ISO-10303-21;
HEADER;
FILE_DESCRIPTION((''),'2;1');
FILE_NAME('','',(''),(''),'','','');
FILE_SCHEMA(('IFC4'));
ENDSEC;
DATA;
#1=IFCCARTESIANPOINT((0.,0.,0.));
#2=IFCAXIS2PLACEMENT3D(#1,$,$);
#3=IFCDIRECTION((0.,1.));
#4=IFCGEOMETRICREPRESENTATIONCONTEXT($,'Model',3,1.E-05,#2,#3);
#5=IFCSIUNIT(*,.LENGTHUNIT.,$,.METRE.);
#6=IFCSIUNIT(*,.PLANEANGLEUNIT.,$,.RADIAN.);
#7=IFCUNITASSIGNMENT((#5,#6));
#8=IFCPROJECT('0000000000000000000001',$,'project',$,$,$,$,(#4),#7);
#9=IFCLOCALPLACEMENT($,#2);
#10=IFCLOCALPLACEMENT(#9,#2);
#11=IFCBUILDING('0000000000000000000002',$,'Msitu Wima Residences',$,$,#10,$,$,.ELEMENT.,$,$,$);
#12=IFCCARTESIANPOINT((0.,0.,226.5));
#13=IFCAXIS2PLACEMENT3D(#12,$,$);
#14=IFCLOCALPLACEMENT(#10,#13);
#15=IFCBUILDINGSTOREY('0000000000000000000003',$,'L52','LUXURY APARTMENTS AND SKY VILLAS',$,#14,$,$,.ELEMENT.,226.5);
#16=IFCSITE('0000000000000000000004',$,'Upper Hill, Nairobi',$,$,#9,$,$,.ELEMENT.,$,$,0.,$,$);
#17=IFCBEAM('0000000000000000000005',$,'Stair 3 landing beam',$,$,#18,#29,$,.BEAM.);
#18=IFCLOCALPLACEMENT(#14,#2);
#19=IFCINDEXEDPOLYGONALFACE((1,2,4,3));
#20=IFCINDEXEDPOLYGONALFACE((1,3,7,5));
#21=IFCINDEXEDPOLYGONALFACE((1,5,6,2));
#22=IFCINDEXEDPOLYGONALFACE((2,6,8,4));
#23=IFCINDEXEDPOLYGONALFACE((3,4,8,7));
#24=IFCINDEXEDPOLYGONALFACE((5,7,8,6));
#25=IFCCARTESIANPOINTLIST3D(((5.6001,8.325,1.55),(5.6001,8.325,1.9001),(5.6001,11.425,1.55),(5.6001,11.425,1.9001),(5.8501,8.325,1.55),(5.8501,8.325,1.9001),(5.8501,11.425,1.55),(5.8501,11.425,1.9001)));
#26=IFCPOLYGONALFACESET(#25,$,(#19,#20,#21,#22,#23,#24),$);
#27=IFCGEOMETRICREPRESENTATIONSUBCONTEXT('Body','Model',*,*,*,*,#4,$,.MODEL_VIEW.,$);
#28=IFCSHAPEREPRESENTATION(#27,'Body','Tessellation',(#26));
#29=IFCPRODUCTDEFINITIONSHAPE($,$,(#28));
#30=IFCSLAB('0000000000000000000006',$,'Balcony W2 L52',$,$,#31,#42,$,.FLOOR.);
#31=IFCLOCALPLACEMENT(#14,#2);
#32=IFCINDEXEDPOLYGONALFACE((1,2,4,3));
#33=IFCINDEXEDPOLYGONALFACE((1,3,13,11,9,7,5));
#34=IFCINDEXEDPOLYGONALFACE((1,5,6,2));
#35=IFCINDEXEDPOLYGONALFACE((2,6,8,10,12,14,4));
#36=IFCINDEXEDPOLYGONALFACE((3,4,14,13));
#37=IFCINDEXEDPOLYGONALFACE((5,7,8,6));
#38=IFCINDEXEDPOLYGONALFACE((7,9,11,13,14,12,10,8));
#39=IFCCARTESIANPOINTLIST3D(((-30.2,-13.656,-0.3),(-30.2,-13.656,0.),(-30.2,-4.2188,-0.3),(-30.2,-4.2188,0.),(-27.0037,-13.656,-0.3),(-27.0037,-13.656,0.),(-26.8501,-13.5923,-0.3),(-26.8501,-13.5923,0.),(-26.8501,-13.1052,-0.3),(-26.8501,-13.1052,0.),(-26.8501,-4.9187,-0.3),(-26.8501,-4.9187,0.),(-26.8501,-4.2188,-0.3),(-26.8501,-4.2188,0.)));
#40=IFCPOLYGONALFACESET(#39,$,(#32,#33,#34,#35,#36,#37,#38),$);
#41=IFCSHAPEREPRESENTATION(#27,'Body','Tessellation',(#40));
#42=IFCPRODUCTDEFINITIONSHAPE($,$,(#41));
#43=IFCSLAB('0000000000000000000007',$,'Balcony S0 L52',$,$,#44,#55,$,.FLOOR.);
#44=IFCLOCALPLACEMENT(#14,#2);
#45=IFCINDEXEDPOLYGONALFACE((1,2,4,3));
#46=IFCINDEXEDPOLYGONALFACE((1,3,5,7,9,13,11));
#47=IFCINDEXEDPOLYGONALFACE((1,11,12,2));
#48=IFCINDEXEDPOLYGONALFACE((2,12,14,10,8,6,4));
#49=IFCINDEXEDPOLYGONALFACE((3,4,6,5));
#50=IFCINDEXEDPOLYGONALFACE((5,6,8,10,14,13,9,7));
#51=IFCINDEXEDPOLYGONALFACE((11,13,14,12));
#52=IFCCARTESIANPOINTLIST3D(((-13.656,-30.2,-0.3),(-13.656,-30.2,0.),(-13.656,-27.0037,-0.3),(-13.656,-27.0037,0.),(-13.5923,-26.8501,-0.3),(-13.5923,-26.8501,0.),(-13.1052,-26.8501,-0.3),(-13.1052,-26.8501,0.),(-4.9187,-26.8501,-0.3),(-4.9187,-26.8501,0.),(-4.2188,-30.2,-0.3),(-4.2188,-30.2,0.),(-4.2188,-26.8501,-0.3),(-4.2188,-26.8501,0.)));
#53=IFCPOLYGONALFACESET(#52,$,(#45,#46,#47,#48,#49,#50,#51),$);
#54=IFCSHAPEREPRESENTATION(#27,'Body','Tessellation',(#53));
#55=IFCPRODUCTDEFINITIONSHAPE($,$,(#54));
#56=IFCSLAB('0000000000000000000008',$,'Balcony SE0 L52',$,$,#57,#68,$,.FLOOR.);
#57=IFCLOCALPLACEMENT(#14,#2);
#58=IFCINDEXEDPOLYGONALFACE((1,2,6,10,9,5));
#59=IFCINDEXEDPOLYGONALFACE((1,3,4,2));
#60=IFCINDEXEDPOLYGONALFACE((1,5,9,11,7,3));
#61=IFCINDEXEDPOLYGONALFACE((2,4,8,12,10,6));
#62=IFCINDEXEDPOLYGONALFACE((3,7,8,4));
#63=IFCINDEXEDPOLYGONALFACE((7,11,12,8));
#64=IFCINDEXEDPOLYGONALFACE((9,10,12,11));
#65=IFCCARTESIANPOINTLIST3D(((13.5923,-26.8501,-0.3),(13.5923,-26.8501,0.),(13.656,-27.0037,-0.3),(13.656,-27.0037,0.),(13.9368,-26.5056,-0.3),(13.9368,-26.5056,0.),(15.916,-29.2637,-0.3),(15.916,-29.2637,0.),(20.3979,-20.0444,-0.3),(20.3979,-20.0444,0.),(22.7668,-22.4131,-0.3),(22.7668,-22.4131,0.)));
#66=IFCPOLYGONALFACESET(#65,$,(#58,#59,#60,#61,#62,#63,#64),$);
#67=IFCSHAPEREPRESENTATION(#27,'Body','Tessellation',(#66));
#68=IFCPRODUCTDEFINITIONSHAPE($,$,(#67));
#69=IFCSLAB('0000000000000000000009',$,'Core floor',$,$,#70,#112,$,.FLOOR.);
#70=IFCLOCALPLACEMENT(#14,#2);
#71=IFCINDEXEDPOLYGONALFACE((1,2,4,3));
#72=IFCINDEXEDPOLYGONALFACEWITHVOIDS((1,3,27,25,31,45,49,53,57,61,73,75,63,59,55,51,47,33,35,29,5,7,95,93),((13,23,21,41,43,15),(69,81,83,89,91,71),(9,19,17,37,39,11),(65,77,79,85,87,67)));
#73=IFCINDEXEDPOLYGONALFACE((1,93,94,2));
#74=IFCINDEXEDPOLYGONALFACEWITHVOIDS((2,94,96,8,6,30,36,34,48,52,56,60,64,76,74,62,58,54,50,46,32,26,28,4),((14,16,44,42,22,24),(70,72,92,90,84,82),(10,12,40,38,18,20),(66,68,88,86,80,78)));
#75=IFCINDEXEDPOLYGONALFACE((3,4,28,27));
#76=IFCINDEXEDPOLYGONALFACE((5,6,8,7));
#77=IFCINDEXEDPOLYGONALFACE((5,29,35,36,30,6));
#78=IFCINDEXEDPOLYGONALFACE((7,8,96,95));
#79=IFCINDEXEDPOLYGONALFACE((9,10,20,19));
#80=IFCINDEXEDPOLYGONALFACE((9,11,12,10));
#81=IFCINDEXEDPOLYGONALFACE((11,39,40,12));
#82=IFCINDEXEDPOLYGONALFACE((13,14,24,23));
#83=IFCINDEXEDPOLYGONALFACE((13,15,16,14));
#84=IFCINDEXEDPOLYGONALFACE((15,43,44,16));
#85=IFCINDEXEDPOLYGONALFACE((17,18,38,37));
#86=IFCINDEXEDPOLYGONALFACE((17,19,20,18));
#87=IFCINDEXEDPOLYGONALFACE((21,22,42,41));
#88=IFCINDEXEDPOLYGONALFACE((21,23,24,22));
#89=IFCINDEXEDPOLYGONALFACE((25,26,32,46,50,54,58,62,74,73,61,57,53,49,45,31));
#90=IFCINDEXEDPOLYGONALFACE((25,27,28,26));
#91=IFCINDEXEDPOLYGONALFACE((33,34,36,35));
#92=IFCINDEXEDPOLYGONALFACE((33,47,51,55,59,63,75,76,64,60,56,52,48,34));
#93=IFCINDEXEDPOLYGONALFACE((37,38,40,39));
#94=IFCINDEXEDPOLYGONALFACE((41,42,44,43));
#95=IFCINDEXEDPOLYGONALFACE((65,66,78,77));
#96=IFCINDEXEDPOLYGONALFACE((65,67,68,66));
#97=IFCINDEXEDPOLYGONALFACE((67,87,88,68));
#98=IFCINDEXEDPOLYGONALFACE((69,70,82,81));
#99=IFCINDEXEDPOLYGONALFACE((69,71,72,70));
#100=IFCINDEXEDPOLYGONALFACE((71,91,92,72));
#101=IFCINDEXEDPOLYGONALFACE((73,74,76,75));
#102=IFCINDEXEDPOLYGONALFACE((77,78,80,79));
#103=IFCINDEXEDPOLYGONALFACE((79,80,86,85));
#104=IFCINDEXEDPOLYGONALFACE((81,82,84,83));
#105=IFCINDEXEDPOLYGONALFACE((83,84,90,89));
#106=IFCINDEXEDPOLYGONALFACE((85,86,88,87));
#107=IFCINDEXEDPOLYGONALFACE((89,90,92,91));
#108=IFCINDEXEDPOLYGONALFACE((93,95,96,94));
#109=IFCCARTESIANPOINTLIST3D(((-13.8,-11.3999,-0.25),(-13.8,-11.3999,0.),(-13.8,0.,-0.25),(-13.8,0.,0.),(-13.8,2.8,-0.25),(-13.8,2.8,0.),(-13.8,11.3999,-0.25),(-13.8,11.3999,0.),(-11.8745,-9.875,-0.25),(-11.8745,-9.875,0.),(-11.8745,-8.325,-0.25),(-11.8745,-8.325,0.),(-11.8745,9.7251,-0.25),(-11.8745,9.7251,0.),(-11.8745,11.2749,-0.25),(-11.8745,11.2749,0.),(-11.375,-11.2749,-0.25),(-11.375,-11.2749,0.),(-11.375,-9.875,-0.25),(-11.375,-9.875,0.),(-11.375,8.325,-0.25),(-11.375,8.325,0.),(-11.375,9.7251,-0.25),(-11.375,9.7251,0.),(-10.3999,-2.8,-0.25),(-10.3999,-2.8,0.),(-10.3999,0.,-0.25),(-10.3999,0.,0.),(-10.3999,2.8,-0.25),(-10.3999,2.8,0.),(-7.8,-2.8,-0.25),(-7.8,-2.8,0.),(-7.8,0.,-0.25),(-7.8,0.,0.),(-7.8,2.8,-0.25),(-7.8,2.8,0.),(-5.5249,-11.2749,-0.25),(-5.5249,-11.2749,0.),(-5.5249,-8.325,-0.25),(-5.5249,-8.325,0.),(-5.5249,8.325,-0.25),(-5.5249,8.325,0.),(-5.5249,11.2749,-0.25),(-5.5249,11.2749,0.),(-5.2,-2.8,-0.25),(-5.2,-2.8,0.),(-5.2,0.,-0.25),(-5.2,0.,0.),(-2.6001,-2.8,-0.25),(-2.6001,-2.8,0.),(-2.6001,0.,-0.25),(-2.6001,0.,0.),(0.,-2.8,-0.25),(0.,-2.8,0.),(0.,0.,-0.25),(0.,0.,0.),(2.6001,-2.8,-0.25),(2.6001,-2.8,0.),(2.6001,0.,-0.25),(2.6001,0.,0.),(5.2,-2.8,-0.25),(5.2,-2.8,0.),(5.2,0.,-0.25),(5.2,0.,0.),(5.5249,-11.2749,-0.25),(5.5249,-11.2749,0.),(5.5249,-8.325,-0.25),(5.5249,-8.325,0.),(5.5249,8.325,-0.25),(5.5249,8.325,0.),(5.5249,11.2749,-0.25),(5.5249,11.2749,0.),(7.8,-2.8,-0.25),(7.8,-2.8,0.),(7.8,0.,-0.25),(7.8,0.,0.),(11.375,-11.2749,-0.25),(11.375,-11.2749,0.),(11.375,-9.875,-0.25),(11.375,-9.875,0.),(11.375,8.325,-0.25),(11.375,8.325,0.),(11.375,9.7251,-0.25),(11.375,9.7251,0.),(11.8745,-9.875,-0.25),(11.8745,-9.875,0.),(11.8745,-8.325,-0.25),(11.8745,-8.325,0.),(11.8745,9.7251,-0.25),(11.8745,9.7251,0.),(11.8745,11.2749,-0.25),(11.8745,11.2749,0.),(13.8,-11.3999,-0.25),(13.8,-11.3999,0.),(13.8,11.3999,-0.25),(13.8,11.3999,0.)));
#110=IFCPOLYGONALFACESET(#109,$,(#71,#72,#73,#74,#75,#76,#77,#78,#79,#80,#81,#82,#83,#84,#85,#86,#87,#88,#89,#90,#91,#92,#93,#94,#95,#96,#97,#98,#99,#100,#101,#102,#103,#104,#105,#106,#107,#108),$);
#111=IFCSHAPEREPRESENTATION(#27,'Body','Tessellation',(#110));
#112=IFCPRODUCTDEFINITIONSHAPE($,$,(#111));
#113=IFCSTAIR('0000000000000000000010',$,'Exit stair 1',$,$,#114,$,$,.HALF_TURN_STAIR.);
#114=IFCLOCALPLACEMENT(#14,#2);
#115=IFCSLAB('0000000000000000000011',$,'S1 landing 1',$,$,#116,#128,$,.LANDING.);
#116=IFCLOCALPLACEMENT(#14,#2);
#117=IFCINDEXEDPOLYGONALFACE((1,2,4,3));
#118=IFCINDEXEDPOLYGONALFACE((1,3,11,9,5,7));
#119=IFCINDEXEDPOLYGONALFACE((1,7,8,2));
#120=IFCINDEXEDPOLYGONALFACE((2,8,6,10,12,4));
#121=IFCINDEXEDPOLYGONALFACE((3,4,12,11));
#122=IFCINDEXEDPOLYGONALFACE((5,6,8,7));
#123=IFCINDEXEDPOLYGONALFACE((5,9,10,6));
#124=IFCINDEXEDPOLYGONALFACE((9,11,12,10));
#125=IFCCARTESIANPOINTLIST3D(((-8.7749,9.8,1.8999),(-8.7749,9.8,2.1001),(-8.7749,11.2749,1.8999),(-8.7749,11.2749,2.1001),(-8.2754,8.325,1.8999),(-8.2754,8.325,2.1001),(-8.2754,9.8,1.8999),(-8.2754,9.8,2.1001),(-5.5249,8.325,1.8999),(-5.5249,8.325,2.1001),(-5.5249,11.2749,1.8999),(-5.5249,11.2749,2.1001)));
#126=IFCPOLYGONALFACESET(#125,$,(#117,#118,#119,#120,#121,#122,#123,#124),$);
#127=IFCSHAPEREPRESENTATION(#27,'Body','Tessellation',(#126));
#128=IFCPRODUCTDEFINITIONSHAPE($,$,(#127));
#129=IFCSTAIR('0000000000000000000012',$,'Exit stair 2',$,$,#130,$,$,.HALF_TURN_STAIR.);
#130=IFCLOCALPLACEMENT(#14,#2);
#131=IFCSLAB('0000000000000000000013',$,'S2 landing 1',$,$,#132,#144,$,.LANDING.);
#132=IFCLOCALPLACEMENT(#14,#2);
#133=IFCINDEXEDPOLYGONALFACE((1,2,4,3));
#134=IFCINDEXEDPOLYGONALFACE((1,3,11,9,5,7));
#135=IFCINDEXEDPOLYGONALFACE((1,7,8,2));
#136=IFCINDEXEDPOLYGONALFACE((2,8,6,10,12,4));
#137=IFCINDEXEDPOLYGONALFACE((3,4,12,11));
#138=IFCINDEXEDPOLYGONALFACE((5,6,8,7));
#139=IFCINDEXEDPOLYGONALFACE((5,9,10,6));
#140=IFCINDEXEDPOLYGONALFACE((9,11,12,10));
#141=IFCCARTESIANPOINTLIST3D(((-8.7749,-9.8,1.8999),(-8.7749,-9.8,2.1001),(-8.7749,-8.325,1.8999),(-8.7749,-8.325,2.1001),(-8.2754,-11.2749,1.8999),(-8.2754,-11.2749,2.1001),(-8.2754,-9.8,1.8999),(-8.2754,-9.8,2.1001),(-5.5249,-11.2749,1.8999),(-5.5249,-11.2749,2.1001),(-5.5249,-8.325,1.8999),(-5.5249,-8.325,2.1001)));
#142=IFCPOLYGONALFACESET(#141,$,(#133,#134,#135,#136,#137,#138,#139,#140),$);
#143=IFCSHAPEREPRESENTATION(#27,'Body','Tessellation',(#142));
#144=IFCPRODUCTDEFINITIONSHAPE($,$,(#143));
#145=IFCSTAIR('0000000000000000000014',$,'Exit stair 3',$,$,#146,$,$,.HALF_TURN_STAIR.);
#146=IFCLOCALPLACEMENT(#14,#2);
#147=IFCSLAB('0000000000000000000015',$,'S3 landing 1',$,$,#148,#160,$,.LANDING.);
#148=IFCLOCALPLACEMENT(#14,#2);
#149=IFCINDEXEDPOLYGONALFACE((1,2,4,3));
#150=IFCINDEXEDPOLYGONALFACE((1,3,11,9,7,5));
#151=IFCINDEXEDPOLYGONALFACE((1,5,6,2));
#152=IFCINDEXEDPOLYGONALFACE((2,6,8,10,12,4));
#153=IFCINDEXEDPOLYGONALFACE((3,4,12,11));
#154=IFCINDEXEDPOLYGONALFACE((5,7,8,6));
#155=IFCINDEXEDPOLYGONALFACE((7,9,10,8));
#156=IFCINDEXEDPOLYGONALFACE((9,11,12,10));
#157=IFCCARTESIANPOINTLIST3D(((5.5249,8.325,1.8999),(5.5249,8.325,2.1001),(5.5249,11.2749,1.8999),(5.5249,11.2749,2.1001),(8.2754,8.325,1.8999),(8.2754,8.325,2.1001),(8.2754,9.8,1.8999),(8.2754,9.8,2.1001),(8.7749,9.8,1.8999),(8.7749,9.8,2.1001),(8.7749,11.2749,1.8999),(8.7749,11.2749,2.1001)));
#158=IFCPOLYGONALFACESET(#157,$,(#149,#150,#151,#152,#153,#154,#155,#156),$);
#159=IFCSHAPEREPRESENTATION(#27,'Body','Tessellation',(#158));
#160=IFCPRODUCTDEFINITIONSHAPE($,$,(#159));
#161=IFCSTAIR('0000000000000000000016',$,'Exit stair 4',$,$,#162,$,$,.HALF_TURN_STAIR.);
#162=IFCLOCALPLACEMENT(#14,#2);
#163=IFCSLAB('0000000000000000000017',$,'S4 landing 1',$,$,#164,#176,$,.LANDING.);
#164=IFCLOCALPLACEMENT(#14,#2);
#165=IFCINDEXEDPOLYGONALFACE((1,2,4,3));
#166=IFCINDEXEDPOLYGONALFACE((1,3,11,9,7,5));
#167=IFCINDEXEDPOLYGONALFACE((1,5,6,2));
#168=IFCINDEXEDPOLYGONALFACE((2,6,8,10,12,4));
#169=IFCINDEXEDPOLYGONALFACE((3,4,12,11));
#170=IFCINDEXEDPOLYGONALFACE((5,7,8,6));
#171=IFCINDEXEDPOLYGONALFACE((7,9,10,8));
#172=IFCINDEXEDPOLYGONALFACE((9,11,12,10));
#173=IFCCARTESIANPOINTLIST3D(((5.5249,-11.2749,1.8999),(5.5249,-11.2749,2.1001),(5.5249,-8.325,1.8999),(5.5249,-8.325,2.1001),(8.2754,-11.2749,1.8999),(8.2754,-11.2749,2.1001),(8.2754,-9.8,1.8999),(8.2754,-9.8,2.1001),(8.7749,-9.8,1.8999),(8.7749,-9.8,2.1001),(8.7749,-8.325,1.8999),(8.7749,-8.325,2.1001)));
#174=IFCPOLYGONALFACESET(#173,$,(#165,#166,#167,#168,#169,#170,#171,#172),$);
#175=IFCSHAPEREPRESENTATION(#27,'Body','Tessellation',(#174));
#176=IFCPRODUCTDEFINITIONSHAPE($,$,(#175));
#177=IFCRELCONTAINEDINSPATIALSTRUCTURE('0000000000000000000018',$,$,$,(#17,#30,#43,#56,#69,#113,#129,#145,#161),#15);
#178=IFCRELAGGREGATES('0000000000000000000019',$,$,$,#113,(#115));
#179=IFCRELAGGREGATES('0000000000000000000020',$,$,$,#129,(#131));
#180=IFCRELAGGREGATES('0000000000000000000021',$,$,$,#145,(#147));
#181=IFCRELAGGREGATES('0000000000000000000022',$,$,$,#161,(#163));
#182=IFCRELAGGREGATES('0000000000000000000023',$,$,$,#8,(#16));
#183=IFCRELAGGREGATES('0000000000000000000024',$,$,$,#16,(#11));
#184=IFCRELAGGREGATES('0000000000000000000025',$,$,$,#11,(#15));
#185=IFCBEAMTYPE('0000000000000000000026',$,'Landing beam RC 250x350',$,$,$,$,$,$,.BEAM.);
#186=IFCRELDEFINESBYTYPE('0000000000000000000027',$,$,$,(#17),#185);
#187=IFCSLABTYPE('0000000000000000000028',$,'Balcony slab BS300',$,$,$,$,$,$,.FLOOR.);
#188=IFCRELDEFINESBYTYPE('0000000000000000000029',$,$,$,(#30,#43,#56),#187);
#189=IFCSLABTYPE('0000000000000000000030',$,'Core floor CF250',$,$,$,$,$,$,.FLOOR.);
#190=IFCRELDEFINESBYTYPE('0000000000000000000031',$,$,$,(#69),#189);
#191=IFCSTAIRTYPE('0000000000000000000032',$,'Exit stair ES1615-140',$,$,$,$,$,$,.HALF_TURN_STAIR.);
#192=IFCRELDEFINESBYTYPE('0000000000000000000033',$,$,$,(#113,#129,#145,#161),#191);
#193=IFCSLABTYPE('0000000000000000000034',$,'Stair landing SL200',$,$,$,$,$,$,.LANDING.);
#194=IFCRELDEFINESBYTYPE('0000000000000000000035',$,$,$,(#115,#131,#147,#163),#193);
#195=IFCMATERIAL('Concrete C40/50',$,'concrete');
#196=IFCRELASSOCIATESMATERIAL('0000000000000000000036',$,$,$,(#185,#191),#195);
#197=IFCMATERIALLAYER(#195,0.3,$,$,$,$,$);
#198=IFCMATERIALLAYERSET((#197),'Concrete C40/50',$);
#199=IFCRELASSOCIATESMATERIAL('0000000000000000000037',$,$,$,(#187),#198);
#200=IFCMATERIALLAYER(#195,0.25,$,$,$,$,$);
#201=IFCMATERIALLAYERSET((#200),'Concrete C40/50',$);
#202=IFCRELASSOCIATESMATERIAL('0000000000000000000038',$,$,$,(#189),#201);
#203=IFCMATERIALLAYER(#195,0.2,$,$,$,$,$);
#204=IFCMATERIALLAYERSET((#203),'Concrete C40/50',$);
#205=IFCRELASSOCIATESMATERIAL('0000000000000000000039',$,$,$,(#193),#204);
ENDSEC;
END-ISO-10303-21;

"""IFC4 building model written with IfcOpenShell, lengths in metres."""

from ifc_helpers import new_model, si_unit, direction, frame, origin, origin_2d, place, context, subcontext, project, spatial, polyline, rectangle, outline, extrude, material, layer, layer_set, material_profile, profile_set, type_object, element, aggregate, save


model = new_model("IFC4")

# Units and contexts
model_context = context("Model", 3, precision=1e-05, world=origin(), true_north=direction((0.0, 1.0)))
body_context = subcontext(model_context, "Body", "Model", "MODEL_VIEW")
ifc_project = project(units=[si_unit("LENGTHUNIT", "METRE"), si_unit("PLANEANGLEUNIT", "RADIAN")], contexts=[model_context])

# Site, building, storey
site_placement = place(None, origin())
site = spatial("IfcSite", under=ifc_project, at=site_placement, Name="Upper Hill, Nairobi", CompositionType="ELEMENT", RefElevation=0.0)
building_placement = place(site_placement, origin())
building = spatial("IfcBuilding", under=site, at=building_placement, Name="Msitu Wima Residences", CompositionType="ELEMENT")
storey_placement = place(building_placement, frame((0.0, 0.0, 226.5)))
storey = spatial("IfcBuildingStorey", under=building, at=storey_placement, Name="L52", Description="LUXURY APARTMENTS AND SKY VILLAS", CompositionType="ELEMENT", Elevation=226.5)

# Beam
ifc_material_1 = material(Name="Concrete C40/50", Category="concrete")
ifc_material_profile = material_profile(ifc_material_1, rectangle(XDim=0.25, YDim=0.3501, at=origin_2d()), Name="RC 250x350")
ifc_profile_set = profile_set([ifc_material_profile], Name="Concrete C40/50")
beam_type = type_object("IfcBeamType", Name="Landing beam RC 250x350", PredefinedType="BEAM", material=ifc_profile_set)
beam_placement = place(storey_placement, frame((5.7251, 8.325, 1.7251), z_axis=(0.0, 1.0, 0.0), x_axis=(-1.0, 0.0, 0.0)))
element("IfcBeam", 1, at=beam_placement, inside=storey, type_object=beam_type, Name="Stair 3 landing beam", PredefinedType="BEAM", context=body_context, shape_type="SweptSolid", body=[
    extrude(rectangle(XDim=0.25, YDim=0.3501, at=origin_2d()), origin(), (0.0, 0.0, 1.0), 3.1001),
])

# Slabs
ifc_layer_1 = layer(ifc_material_1, 0.3)
ifc_layer_set_1 = layer_set([ifc_layer_1], Name="Concrete C40/50")
slab_type_1 = type_object("IfcSlabType", Name="Balcony slab BS300", PredefinedType="FLOOR", material=ifc_layer_set_1)
slab_1_placement = place(storey_placement, frame((0.0, 0.0, -0.3)))
element("IfcSlab", 2, at=slab_1_placement, inside=storey, type_object=slab_type_1, Name="Balcony W2 L52", PredefinedType="FLOOR", context=body_context, shape_type="SweptSolid", body=[
    extrude(outline(polyline([(-26.8501, -13.1052), (-26.8501, -13.1052), (-26.8501, -13.1052), (-26.8501, -13.5923), (-27.0037, -13.656), (-30.2, -13.656), (-30.2, -4.2188), (-26.8501, -4.2188), (-26.8501, -4.9187), (-26.8501, -13.1052)])), origin(), (0.0, 0.0, 1.0), 0.3),
])
slab_2_placement = place(storey_placement, frame((0.0, 0.0, -0.3)))
element("IfcSlab", 3, at=slab_2_placement, inside=storey, type_object=slab_type_1, Name="Balcony S0 L52", PredefinedType="FLOOR", context=body_context, shape_type="SweptSolid", body=[
    extrude(outline(polyline([(-13.1052, -26.8501), (-13.1052, -26.8501), (-4.9187, -26.8501), (-4.2188, -26.8501), (-4.2188, -30.2), (-13.656, -30.2), (-13.656, -27.0037), (-13.5923, -26.8501), (-13.1052, -26.8501), (-13.1052, -26.8501)])), origin(), (0.0, 0.0, 1.0), 0.3),
])
slab_3_placement = place(storey_placement, frame((0.0, 0.0, -0.3)))
element("IfcSlab", 4, at=slab_3_placement, inside=storey, type_object=slab_type_1, Name="Balcony SE0 L52", PredefinedType="FLOOR", context=body_context, shape_type="SweptSolid", body=[
    extrude(outline(polyline([(13.9368, -26.5056), (13.9368, -26.5056), (20.3979, -20.0444), (22.7668, -22.4131), (15.916, -29.2637), (13.656, -27.0037), (13.5923, -26.8501), (13.9368, -26.5056), (13.9368, -26.5056)])), origin(), (0.0, 0.0, 1.0), 0.3),
])
ifc_layer_2 = layer(ifc_material_1, 0.25)
ifc_layer_set_2 = layer_set([ifc_layer_2], Name="Concrete C40/50")
slab_type_2 = type_object("IfcSlabType", Name="Core floor CF250", PredefinedType="FLOOR", material=ifc_layer_set_2)
slab_4_placement = place(storey_placement, frame((0.0, 0.0, -0.25)))
element("IfcSlab", 5, at=slab_4_placement, inside=storey, type_object=slab_type_2, Name="Core floor", PredefinedType="FLOOR", context=body_context, shape_type="SweptSolid", body=[
    extrude(outline(polyline([(-13.8, 11.3999), (-13.8, 2.8), (-10.3999, 2.8), (-7.8, 2.8), (-7.8, 0.0), (-5.2, 0.0), (-2.6001, 0.0), (0.0, 0.0), (2.6001, 0.0), (5.2, 0.0), (7.8, 0.0), (7.8, -2.8), (5.2, -2.8), (2.6001, -2.8), (0.0, -2.8), (-2.6001, -2.8), (-5.2, -2.8), (-7.8, -2.8), (-10.3999, -2.8), (-10.3999, 0.0), (-13.8, 0.0), (-13.8, -11.3999), (13.8, -11.3999), (13.8, 11.3999), (-13.8, 11.3999)]), holes=[polyline([(-11.375, -11.2749), (-11.375, -9.875), (-11.8745, -9.875), (-11.8745, -8.325), (-5.5249, -8.325), (-5.5249, -11.2749), (-11.375, -11.2749)]), polyline([(-11.375, 8.325), (-11.375, 9.7251), (-11.8745, 9.7251), (-11.8745, 11.2749), (-5.5249, 11.2749), (-5.5249, 8.325), (-11.375, 8.325)]), polyline([(11.375, -9.875), (11.375, -11.2749), (5.5249, -11.2749), (5.5249, -8.325), (11.8745, -8.325), (11.8745, -9.875), (11.375, -9.875)]), polyline([(11.375, 9.7251), (11.375, 8.325), (5.5249, 8.325), (5.5249, 11.2749), (11.8745, 11.2749), (11.8745, 9.7251), (11.375, 9.7251)])]), origin(), (0.0, 0.0, 1.0), 0.25),
])

# Stairs, slabs
stair_type = type_object("IfcStairType", Name="Exit stair ES1615-140", PredefinedType="HALF_TURN_STAIR", material=ifc_material_1)
stair_1_placement = place(storey_placement, origin())
stair_1 = element("IfcStair", 6, at=stair_1_placement, inside=storey, type_object=stair_type, Name="Exit stair 1", PredefinedType="HALF_TURN_STAIR")
ifc_layer_3 = layer(ifc_material_1, 0.2)
ifc_layer_set_3 = layer_set([ifc_layer_3], Name="Concrete C40/50")
slab_type_3 = type_object("IfcSlabType", Name="Stair landing SL200", PredefinedType="LANDING", material=ifc_layer_set_3)
slab_5_placement = place(storey_placement, frame((0.0, 0.0, 1.8999)))
slab_5 = element("IfcSlab", 7, at=slab_5_placement, type_object=slab_type_3, Name="S1 landing 1", PredefinedType="LANDING", context=body_context, shape_type="SweptSolid", body=[
    extrude(outline(polyline([(-5.5249, 8.325), (-8.2754, 8.325), (-8.2754, 9.8), (-8.7749, 9.8), (-8.7749, 11.2749), (-5.5249, 11.2749), (-5.5249, 8.325)])), origin(), (0.0, 0.0, 1.0), 0.2002),
])
aggregate(stair_1, [slab_5])
stair_2_placement = place(storey_placement, origin())
stair_2 = element("IfcStair", 8, at=stair_2_placement, inside=storey, type_object=stair_type, Name="Exit stair 2", PredefinedType="HALF_TURN_STAIR")
slab_6_placement = place(storey_placement, frame((0.0, 0.0, 1.8999)))
slab_6 = element("IfcSlab", 9, at=slab_6_placement, type_object=slab_type_3, Name="S2 landing 1", PredefinedType="LANDING", context=body_context, shape_type="SweptSolid", body=[
    extrude(outline(polyline([(-5.5249, -11.2749), (-8.2754, -11.2749), (-8.2754, -9.8), (-8.7749, -9.8), (-8.7749, -8.325), (-5.5249, -8.325), (-5.5249, -11.2749)])), origin(), (0.0, 0.0, 1.0), 0.2002),
])
aggregate(stair_2, [slab_6])
stair_3_placement = place(storey_placement, origin())
stair_3 = element("IfcStair", 10, at=stair_3_placement, inside=storey, type_object=stair_type, Name="Exit stair 3", PredefinedType="HALF_TURN_STAIR")
slab_7_placement = place(storey_placement, frame((0.0, 0.0, 1.8999)))
slab_7 = element("IfcSlab", 11, at=slab_7_placement, type_object=slab_type_3, Name="S3 landing 1", PredefinedType="LANDING", context=body_context, shape_type="SweptSolid", body=[
    extrude(outline(polyline([(5.5249, 8.325), (8.2754, 8.325), (8.2754, 9.8), (8.7749, 9.8), (8.7749, 11.2749), (5.5249, 11.2749), (5.5249, 8.325)])), origin(), (0.0, 0.0, 1.0), 0.2002),
])
aggregate(stair_3, [slab_7])
stair_4_placement = place(storey_placement, origin())
stair_4 = element("IfcStair", 12, at=stair_4_placement, inside=storey, type_object=stair_type, Name="Exit stair 4", PredefinedType="HALF_TURN_STAIR")
slab_8_placement = place(storey_placement, frame((0.0, 0.0, 1.8999)))
slab_8 = element("IfcSlab", 13, at=slab_8_placement, type_object=slab_type_3, Name="S4 landing 1", PredefinedType="LANDING", context=body_context, shape_type="SweptSolid", body=[
    extrude(outline(polyline([(5.5249, -11.2749), (8.2754, -11.2749), (8.2754, -9.8), (8.7749, -9.8), (8.7749, -8.325), (5.5249, -8.325), (5.5249, -11.2749)])), origin(), (0.0, 0.0, 1.0), 0.2002),
])
aggregate(stair_4, [slab_8])

save(model, "model.ifc")
